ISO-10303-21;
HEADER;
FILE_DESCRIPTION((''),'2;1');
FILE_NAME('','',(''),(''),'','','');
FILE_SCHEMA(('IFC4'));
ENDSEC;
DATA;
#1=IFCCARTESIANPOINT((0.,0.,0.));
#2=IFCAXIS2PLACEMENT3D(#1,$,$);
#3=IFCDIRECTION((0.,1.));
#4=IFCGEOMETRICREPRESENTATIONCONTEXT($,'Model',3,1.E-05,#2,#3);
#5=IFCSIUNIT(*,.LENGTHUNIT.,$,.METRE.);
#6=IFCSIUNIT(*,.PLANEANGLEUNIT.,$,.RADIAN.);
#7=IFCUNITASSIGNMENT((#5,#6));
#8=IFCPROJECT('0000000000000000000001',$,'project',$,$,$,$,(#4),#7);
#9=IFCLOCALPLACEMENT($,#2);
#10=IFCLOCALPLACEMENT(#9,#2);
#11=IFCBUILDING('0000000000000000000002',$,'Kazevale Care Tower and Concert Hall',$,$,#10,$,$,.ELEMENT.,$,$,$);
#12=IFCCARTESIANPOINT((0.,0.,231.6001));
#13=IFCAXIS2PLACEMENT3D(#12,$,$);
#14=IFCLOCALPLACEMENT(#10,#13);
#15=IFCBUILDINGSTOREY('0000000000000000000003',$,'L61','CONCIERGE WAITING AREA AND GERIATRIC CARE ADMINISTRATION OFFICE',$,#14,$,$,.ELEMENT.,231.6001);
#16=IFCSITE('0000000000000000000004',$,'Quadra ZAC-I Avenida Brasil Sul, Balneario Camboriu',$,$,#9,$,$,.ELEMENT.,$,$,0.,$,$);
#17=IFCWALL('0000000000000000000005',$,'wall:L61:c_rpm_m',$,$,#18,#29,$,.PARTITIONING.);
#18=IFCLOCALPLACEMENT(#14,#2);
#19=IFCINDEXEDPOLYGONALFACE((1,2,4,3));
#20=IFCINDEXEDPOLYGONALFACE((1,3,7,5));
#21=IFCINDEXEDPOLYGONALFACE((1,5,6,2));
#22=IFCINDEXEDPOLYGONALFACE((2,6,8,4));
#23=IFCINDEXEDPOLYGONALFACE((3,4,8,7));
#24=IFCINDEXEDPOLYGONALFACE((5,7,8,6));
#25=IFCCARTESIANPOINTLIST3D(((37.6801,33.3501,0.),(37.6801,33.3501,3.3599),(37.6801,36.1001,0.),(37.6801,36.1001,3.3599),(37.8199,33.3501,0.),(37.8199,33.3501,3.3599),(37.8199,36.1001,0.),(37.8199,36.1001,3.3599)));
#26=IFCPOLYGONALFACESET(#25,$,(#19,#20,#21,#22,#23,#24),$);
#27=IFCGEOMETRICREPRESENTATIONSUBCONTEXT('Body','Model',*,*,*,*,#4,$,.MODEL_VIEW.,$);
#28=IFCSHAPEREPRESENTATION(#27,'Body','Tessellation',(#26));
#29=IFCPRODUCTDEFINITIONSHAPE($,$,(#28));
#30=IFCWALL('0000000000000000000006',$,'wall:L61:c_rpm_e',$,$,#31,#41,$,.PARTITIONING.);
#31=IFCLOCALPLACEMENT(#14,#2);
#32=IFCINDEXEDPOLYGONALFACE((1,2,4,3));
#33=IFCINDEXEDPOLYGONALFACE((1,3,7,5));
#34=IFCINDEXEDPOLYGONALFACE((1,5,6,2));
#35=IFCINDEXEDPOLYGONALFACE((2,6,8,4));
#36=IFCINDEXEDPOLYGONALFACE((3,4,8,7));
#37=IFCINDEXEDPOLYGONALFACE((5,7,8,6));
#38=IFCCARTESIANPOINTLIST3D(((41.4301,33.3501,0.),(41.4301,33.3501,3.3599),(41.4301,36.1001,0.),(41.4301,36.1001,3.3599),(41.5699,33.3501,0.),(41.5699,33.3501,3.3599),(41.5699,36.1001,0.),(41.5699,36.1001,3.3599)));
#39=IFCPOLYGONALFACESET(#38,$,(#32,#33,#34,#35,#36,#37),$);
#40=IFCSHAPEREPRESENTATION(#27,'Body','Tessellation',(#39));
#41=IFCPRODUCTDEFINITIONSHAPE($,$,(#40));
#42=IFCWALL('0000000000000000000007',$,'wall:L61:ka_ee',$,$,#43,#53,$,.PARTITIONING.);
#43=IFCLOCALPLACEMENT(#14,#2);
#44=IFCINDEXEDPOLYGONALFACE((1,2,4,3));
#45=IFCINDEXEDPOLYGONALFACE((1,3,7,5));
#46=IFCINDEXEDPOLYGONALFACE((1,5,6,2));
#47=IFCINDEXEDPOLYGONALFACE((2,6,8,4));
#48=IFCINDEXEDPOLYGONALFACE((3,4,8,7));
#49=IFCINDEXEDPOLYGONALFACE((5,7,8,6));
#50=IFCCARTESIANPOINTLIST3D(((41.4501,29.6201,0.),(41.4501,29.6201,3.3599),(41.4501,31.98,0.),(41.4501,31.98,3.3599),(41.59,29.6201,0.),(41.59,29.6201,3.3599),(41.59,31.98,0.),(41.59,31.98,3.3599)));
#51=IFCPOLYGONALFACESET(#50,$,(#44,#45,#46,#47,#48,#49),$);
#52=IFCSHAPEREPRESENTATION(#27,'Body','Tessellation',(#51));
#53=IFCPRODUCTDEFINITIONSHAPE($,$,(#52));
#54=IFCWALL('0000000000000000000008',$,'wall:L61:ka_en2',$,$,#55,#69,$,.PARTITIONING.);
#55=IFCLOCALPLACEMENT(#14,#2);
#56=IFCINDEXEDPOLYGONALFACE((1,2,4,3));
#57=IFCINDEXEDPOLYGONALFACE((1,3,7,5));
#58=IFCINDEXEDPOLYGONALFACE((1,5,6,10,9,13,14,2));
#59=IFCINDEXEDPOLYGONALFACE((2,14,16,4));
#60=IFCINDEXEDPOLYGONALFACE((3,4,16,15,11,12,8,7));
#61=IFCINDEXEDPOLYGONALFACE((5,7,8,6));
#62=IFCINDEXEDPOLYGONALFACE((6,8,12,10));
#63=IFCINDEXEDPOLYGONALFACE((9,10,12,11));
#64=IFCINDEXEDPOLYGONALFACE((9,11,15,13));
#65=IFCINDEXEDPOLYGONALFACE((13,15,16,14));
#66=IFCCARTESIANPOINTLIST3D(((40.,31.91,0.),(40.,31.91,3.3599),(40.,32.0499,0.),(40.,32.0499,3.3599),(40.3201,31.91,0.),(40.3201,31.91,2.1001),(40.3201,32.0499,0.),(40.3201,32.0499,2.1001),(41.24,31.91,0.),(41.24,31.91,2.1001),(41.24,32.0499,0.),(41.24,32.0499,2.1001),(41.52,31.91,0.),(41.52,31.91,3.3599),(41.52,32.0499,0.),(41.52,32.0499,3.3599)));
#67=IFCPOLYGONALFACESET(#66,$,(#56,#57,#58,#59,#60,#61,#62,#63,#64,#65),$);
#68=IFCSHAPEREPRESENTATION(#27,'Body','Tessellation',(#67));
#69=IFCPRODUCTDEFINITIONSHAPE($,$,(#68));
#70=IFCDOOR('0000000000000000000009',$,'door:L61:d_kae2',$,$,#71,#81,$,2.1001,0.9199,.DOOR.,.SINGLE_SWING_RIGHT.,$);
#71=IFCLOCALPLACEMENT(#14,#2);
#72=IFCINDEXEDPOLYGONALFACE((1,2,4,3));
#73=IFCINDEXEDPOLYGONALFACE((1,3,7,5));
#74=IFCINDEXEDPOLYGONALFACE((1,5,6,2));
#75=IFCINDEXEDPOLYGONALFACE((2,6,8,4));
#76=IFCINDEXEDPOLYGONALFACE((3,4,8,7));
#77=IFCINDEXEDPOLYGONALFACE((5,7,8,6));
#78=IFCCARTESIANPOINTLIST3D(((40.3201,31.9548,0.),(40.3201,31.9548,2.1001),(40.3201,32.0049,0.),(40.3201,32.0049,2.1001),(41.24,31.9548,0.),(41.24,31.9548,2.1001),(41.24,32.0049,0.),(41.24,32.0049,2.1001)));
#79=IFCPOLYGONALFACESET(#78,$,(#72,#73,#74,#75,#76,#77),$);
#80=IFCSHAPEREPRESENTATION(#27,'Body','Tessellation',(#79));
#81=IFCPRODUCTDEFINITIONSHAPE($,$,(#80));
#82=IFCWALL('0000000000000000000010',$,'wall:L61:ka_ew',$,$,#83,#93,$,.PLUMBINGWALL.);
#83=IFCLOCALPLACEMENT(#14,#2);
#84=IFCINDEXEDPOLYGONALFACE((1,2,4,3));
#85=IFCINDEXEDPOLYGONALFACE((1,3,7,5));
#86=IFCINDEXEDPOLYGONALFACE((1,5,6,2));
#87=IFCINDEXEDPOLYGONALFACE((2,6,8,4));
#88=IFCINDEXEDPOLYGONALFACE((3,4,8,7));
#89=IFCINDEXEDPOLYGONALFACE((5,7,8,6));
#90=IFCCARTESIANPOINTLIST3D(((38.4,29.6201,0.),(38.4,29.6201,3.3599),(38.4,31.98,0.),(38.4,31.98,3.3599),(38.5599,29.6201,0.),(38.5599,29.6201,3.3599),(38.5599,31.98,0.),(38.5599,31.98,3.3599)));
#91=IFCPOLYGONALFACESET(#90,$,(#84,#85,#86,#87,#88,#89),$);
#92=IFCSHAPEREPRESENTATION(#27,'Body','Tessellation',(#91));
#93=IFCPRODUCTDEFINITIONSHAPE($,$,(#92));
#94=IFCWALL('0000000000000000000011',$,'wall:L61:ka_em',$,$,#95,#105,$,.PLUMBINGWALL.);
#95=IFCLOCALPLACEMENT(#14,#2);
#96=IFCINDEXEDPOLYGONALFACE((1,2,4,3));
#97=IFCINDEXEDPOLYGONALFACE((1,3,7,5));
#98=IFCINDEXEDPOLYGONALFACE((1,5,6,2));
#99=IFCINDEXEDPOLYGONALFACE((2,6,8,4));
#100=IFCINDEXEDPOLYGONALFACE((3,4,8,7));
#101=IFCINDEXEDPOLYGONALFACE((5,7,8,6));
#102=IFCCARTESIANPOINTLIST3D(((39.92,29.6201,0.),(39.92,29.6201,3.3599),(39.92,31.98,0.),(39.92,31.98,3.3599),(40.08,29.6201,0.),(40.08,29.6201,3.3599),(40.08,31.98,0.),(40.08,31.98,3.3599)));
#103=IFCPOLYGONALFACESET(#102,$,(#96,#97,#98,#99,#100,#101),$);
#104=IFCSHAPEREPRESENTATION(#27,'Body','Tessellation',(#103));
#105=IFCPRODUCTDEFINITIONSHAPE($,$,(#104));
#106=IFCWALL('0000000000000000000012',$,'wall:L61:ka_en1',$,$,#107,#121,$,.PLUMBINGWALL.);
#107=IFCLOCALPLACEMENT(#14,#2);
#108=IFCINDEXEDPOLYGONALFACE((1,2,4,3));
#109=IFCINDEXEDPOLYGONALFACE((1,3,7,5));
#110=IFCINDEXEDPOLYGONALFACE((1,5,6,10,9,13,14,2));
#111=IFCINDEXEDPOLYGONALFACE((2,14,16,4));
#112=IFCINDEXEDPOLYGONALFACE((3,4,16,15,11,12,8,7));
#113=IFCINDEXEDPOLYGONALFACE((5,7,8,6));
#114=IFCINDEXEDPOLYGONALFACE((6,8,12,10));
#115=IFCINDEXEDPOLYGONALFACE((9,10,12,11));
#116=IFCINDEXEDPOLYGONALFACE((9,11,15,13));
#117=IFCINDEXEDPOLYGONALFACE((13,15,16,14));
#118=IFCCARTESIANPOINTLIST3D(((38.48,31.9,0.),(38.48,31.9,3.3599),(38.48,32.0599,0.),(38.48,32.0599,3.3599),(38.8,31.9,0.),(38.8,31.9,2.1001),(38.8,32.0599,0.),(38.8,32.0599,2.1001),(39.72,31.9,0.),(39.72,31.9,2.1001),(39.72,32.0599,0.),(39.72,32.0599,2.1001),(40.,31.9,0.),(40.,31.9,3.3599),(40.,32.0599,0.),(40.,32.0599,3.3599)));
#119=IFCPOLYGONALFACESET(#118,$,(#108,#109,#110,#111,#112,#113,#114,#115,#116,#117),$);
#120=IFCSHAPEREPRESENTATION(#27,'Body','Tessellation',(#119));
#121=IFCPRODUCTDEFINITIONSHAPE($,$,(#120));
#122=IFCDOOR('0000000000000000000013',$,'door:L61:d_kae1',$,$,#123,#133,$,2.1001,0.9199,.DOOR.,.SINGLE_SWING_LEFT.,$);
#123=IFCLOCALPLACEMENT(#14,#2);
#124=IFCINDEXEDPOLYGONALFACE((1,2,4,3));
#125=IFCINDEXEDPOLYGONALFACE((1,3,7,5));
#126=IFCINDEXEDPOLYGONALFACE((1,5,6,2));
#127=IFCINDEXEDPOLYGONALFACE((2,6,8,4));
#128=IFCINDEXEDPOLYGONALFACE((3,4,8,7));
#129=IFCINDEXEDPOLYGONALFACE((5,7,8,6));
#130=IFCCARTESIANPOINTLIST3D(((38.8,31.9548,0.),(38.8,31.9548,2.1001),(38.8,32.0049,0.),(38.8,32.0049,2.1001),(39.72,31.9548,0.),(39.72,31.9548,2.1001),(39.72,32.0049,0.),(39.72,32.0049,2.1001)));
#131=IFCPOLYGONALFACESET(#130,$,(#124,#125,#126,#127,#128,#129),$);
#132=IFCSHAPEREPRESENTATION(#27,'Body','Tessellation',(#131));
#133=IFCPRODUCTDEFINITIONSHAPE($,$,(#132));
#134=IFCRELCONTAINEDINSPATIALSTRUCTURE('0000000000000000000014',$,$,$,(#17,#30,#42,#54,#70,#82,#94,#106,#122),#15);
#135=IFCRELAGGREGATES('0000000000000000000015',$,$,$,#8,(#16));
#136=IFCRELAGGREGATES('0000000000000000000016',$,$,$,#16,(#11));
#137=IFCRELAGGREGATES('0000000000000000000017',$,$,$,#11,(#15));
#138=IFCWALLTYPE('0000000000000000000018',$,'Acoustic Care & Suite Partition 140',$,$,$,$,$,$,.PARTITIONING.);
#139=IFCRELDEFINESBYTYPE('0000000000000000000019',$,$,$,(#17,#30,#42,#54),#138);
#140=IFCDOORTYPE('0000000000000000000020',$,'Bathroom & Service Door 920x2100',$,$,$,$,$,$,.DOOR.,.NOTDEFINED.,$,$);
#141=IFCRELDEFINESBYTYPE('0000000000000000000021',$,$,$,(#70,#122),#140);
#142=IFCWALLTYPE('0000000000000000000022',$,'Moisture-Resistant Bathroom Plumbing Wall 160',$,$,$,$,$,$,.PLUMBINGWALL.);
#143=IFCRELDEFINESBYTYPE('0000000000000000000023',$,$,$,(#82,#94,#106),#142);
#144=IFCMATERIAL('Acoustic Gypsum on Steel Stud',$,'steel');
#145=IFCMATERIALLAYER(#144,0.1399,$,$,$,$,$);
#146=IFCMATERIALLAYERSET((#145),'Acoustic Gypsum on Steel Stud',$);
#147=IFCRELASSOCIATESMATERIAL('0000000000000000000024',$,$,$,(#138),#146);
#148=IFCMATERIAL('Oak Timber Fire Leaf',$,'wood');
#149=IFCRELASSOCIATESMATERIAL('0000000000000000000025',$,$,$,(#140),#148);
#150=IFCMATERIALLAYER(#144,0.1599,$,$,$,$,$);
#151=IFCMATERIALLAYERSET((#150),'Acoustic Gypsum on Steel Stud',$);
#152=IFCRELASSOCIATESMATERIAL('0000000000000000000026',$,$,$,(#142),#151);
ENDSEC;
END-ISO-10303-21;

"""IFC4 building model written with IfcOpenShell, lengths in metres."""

from ifc_helpers import new_model, si_unit, direction, frame, frame_2d, origin, place, context, subcontext, project, spatial, rectangle, extrude, material, layer, layer_set, type_object, element, fill, save


model = new_model("IFC4")

# Units and contexts
model_context = context("Model", 3, precision=1e-05, world=origin(), true_north=direction((0.0, 1.0)))
body_context = subcontext(model_context, "Body", "Model", "MODEL_VIEW")
ifc_project = project(units=[si_unit("LENGTHUNIT", "METRE"), si_unit("PLANEANGLEUNIT", "RADIAN")], contexts=[model_context])

# Site, building, storey
site_placement = place(None, origin())
site = spatial("IfcSite", under=ifc_project, at=site_placement, Name="Quadra ZAC-I Avenida Brasil Sul, Balneario Camboriu", CompositionType="ELEMENT", RefElevation=0.0)
building_placement = place(site_placement, origin())
building = spatial("IfcBuilding", under=site, at=building_placement, Name="Kazevale Care Tower and Concert Hall", CompositionType="ELEMENT")
storey_placement = place(building_placement, frame((0.0, 0.0, 231.6001)))
storey = spatial("IfcBuildingStorey", under=building, at=storey_placement, Name="L61", Description="CONCIERGE WAITING AREA AND GERIATRIC CARE ADMINISTRATION OFFICE", CompositionType="ELEMENT", Elevation=231.6001)

# Shared definitions
ifc_material_1 = material(Name="Acoustic Gypsum on Steel Stud", Category="steel")
ifc_layer_1 = layer(ifc_material_1, 0.1399)
ifc_layer_set_1 = layer_set([ifc_layer_1], Name="Acoustic Gypsum on Steel Stud")
wall_type_1 = type_object("IfcWallType", Name="Acoustic Care & Suite Partition 140", PredefinedType="PARTITIONING", material=ifc_layer_set_1)
ifc_material_2 = material(Name="Oak Timber Fire Leaf", Category="wood")
door_type = type_object("IfcDoorType", Name="Bathroom & Service Door 920x2100", OperationType="NOTDEFINED", PredefinedType="DOOR", material=ifc_material_2)

# Walls
for number, where, z_axis, x_axis, name in (
    (1, (37.75, 33.3501, 0.0), (0.0, 0.0, 1.0), (0.0, 1.0, 0.0), "wall:L61:c_rpm_m"),
    (2, (41.5, 33.3501, 0.0), (0.0, 0.0, 1.0), (0.0, 1.0, 0.0), "wall:L61:c_rpm_e"),
):
    element("IfcWall", number, at=place(storey_placement, frame(where, z_axis=z_axis, x_axis=x_axis)), inside=storey, type_object=wall_type_1, Name=name, PredefinedType="PARTITIONING", context=body_context, shape_type="SweptSolid", body=[
        extrude(rectangle(XDim=2.75, YDim=0.1399, at=frame_2d((1.375, 0.0))), origin(), (0.0, 0.0, 1.0), 3.3599),
    ])
wall_1_placement = place(storey_placement, frame((41.52, 29.6201, 0.0), z_axis=(0.0, 0.0, 1.0), x_axis=(0.0, 1.0, 0.0)))
element("IfcWall", 3, at=wall_1_placement, inside=storey, type_object=wall_type_1, Name="wall:L61:ka_ee", PredefinedType="PARTITIONING", context=body_context, shape_type="SweptSolid", body=[
    extrude(rectangle(XDim=2.3599, YDim=0.1399, at=frame_2d((1.1799, 0.0))), origin(), (0.0, 0.0, 1.0), 3.3599),
])

# Wall, opening, door
wall_2_placement = place(storey_placement, frame((40.0, 31.98, 0.0), z_axis=(0.0, 0.0, 1.0), x_axis=(1.0, 0.0, 0.0)))
wall_2 = element("IfcWall", 4, at=wall_2_placement, inside=storey, type_object=wall_type_1, Name="wall:L61:ka_en2", PredefinedType="PARTITIONING", context=body_context, shape_type="SweptSolid", body=[
    extrude(rectangle(XDim=1.52, YDim=0.1399, at=frame_2d((0.76, 0.0))), origin(), (0.0, 0.0, 1.0), 3.3599),
])
opening_1_placement = place(wall_2_placement, frame((0.3201, 0.0, 0.0)))
opening_1 = element("IfcOpeningElement", 5, at=opening_1_placement, cuts=wall_2, PredefinedType="OPENING", context=body_context, shape_type="SweptSolid", body=[
    extrude(rectangle(XDim=0.9199, YDim=2.1001, at=frame_2d((0.46, 1.05))), frame((0.0, 0.0798, 0.0), z_axis=(0.0, -1.0, 0.0), x_axis=(1.0, 0.0, 0.0)), (0.0, 0.0, 1.0), 0.1599),
])
door_1_placement = place(opening_1_placement, origin())
door_1 = element("IfcDoor", 6, at=door_1_placement, inside=storey, type_object=door_type, Name="door:L61:d_kae2", OperationType="SINGLE_SWING_RIGHT", OverallHeight=2.1001, OverallWidth=0.9199, PredefinedType="DOOR", context=body_context, shape_type="SweptSolid", body=[
    extrude(rectangle(XDim=0.9199, YDim=2.1001, at=frame_2d((0.46, 1.05))), frame((0.0, 0.0249, 0.0), z_axis=(0.0, -1.0, 0.0), x_axis=(1.0, 0.0, 0.0)), (0.0, 0.0, 1.0), 0.05),
])
fill(opening_1, door_1)

# Walls
ifc_layer_2 = layer(ifc_material_1, 0.1599)
ifc_layer_set_2 = layer_set([ifc_layer_2], Name="Acoustic Gypsum on Steel Stud")
wall_type_2 = type_object("IfcWallType", Name="Moisture-Resistant Bathroom Plumbing Wall 160", PredefinedType="PLUMBINGWALL", material=ifc_layer_set_2)
for number, where, z_axis, x_axis, name in (
    (7, (38.48, 29.6201, 0.0), (0.0, 0.0, 1.0), (0.0, 1.0, 0.0), "wall:L61:ka_ew"),
    (8, (40.0, 29.6201, 0.0), (0.0, 0.0, 1.0), (0.0, 1.0, 0.0), "wall:L61:ka_em"),
):
    element("IfcWall", number, at=place(storey_placement, frame(where, z_axis=z_axis, x_axis=x_axis)), inside=storey, type_object=wall_type_2, Name=name, PredefinedType="PLUMBINGWALL", context=body_context, shape_type="SweptSolid", body=[
        extrude(rectangle(XDim=2.3599, YDim=0.1599, at=frame_2d((1.1799, 0.0))), origin(), (0.0, 0.0, 1.0), 3.3599),
    ])

# Wall, opening, door
wall_3_placement = place(storey_placement, frame((38.48, 31.98, 0.0), z_axis=(0.0, 0.0, 1.0), x_axis=(1.0, 0.0, 0.0)))
wall_3 = element("IfcWall", 9, at=wall_3_placement, inside=storey, type_object=wall_type_2, Name="wall:L61:ka_en1", PredefinedType="PLUMBINGWALL", context=body_context, shape_type="SweptSolid", body=[
    extrude(rectangle(XDim=1.52, YDim=0.1599, at=frame_2d((0.76, 0.0))), origin(), (0.0, 0.0, 1.0), 3.3599),
])
opening_2_placement = place(wall_3_placement, frame((0.3201, 0.0, 0.0)))
opening_2 = element("IfcOpeningElement", 10, at=opening_2_placement, cuts=wall_3, PredefinedType="OPENING", context=body_context, shape_type="SweptSolid", body=[
    extrude(rectangle(XDim=0.9199, YDim=2.1001, at=frame_2d((0.46, 1.05))), frame((0.0, 0.0898, 0.0), z_axis=(0.0, -1.0, 0.0), x_axis=(1.0, 0.0, 0.0)), (0.0, 0.0, 1.0), 0.1799),
])
door_2_placement = place(opening_2_placement, origin())
door_2 = element("IfcDoor", 11, at=door_2_placement, inside=storey, type_object=door_type, Name="door:L61:d_kae1", OperationType="SINGLE_SWING_LEFT", OverallHeight=2.1001, OverallWidth=0.9199, PredefinedType="DOOR", context=body_context, shape_type="SweptSolid", body=[
    extrude(rectangle(XDim=0.9199, YDim=2.1001, at=frame_2d((0.46, 1.05))), frame((0.0, 0.0249, 0.0), z_axis=(0.0, -1.0, 0.0), x_axis=(1.0, 0.0, 0.0)), (0.0, 0.0, 1.0), 0.05),
])
fill(opening_2, door_2)

save(model, "model.ifc")
